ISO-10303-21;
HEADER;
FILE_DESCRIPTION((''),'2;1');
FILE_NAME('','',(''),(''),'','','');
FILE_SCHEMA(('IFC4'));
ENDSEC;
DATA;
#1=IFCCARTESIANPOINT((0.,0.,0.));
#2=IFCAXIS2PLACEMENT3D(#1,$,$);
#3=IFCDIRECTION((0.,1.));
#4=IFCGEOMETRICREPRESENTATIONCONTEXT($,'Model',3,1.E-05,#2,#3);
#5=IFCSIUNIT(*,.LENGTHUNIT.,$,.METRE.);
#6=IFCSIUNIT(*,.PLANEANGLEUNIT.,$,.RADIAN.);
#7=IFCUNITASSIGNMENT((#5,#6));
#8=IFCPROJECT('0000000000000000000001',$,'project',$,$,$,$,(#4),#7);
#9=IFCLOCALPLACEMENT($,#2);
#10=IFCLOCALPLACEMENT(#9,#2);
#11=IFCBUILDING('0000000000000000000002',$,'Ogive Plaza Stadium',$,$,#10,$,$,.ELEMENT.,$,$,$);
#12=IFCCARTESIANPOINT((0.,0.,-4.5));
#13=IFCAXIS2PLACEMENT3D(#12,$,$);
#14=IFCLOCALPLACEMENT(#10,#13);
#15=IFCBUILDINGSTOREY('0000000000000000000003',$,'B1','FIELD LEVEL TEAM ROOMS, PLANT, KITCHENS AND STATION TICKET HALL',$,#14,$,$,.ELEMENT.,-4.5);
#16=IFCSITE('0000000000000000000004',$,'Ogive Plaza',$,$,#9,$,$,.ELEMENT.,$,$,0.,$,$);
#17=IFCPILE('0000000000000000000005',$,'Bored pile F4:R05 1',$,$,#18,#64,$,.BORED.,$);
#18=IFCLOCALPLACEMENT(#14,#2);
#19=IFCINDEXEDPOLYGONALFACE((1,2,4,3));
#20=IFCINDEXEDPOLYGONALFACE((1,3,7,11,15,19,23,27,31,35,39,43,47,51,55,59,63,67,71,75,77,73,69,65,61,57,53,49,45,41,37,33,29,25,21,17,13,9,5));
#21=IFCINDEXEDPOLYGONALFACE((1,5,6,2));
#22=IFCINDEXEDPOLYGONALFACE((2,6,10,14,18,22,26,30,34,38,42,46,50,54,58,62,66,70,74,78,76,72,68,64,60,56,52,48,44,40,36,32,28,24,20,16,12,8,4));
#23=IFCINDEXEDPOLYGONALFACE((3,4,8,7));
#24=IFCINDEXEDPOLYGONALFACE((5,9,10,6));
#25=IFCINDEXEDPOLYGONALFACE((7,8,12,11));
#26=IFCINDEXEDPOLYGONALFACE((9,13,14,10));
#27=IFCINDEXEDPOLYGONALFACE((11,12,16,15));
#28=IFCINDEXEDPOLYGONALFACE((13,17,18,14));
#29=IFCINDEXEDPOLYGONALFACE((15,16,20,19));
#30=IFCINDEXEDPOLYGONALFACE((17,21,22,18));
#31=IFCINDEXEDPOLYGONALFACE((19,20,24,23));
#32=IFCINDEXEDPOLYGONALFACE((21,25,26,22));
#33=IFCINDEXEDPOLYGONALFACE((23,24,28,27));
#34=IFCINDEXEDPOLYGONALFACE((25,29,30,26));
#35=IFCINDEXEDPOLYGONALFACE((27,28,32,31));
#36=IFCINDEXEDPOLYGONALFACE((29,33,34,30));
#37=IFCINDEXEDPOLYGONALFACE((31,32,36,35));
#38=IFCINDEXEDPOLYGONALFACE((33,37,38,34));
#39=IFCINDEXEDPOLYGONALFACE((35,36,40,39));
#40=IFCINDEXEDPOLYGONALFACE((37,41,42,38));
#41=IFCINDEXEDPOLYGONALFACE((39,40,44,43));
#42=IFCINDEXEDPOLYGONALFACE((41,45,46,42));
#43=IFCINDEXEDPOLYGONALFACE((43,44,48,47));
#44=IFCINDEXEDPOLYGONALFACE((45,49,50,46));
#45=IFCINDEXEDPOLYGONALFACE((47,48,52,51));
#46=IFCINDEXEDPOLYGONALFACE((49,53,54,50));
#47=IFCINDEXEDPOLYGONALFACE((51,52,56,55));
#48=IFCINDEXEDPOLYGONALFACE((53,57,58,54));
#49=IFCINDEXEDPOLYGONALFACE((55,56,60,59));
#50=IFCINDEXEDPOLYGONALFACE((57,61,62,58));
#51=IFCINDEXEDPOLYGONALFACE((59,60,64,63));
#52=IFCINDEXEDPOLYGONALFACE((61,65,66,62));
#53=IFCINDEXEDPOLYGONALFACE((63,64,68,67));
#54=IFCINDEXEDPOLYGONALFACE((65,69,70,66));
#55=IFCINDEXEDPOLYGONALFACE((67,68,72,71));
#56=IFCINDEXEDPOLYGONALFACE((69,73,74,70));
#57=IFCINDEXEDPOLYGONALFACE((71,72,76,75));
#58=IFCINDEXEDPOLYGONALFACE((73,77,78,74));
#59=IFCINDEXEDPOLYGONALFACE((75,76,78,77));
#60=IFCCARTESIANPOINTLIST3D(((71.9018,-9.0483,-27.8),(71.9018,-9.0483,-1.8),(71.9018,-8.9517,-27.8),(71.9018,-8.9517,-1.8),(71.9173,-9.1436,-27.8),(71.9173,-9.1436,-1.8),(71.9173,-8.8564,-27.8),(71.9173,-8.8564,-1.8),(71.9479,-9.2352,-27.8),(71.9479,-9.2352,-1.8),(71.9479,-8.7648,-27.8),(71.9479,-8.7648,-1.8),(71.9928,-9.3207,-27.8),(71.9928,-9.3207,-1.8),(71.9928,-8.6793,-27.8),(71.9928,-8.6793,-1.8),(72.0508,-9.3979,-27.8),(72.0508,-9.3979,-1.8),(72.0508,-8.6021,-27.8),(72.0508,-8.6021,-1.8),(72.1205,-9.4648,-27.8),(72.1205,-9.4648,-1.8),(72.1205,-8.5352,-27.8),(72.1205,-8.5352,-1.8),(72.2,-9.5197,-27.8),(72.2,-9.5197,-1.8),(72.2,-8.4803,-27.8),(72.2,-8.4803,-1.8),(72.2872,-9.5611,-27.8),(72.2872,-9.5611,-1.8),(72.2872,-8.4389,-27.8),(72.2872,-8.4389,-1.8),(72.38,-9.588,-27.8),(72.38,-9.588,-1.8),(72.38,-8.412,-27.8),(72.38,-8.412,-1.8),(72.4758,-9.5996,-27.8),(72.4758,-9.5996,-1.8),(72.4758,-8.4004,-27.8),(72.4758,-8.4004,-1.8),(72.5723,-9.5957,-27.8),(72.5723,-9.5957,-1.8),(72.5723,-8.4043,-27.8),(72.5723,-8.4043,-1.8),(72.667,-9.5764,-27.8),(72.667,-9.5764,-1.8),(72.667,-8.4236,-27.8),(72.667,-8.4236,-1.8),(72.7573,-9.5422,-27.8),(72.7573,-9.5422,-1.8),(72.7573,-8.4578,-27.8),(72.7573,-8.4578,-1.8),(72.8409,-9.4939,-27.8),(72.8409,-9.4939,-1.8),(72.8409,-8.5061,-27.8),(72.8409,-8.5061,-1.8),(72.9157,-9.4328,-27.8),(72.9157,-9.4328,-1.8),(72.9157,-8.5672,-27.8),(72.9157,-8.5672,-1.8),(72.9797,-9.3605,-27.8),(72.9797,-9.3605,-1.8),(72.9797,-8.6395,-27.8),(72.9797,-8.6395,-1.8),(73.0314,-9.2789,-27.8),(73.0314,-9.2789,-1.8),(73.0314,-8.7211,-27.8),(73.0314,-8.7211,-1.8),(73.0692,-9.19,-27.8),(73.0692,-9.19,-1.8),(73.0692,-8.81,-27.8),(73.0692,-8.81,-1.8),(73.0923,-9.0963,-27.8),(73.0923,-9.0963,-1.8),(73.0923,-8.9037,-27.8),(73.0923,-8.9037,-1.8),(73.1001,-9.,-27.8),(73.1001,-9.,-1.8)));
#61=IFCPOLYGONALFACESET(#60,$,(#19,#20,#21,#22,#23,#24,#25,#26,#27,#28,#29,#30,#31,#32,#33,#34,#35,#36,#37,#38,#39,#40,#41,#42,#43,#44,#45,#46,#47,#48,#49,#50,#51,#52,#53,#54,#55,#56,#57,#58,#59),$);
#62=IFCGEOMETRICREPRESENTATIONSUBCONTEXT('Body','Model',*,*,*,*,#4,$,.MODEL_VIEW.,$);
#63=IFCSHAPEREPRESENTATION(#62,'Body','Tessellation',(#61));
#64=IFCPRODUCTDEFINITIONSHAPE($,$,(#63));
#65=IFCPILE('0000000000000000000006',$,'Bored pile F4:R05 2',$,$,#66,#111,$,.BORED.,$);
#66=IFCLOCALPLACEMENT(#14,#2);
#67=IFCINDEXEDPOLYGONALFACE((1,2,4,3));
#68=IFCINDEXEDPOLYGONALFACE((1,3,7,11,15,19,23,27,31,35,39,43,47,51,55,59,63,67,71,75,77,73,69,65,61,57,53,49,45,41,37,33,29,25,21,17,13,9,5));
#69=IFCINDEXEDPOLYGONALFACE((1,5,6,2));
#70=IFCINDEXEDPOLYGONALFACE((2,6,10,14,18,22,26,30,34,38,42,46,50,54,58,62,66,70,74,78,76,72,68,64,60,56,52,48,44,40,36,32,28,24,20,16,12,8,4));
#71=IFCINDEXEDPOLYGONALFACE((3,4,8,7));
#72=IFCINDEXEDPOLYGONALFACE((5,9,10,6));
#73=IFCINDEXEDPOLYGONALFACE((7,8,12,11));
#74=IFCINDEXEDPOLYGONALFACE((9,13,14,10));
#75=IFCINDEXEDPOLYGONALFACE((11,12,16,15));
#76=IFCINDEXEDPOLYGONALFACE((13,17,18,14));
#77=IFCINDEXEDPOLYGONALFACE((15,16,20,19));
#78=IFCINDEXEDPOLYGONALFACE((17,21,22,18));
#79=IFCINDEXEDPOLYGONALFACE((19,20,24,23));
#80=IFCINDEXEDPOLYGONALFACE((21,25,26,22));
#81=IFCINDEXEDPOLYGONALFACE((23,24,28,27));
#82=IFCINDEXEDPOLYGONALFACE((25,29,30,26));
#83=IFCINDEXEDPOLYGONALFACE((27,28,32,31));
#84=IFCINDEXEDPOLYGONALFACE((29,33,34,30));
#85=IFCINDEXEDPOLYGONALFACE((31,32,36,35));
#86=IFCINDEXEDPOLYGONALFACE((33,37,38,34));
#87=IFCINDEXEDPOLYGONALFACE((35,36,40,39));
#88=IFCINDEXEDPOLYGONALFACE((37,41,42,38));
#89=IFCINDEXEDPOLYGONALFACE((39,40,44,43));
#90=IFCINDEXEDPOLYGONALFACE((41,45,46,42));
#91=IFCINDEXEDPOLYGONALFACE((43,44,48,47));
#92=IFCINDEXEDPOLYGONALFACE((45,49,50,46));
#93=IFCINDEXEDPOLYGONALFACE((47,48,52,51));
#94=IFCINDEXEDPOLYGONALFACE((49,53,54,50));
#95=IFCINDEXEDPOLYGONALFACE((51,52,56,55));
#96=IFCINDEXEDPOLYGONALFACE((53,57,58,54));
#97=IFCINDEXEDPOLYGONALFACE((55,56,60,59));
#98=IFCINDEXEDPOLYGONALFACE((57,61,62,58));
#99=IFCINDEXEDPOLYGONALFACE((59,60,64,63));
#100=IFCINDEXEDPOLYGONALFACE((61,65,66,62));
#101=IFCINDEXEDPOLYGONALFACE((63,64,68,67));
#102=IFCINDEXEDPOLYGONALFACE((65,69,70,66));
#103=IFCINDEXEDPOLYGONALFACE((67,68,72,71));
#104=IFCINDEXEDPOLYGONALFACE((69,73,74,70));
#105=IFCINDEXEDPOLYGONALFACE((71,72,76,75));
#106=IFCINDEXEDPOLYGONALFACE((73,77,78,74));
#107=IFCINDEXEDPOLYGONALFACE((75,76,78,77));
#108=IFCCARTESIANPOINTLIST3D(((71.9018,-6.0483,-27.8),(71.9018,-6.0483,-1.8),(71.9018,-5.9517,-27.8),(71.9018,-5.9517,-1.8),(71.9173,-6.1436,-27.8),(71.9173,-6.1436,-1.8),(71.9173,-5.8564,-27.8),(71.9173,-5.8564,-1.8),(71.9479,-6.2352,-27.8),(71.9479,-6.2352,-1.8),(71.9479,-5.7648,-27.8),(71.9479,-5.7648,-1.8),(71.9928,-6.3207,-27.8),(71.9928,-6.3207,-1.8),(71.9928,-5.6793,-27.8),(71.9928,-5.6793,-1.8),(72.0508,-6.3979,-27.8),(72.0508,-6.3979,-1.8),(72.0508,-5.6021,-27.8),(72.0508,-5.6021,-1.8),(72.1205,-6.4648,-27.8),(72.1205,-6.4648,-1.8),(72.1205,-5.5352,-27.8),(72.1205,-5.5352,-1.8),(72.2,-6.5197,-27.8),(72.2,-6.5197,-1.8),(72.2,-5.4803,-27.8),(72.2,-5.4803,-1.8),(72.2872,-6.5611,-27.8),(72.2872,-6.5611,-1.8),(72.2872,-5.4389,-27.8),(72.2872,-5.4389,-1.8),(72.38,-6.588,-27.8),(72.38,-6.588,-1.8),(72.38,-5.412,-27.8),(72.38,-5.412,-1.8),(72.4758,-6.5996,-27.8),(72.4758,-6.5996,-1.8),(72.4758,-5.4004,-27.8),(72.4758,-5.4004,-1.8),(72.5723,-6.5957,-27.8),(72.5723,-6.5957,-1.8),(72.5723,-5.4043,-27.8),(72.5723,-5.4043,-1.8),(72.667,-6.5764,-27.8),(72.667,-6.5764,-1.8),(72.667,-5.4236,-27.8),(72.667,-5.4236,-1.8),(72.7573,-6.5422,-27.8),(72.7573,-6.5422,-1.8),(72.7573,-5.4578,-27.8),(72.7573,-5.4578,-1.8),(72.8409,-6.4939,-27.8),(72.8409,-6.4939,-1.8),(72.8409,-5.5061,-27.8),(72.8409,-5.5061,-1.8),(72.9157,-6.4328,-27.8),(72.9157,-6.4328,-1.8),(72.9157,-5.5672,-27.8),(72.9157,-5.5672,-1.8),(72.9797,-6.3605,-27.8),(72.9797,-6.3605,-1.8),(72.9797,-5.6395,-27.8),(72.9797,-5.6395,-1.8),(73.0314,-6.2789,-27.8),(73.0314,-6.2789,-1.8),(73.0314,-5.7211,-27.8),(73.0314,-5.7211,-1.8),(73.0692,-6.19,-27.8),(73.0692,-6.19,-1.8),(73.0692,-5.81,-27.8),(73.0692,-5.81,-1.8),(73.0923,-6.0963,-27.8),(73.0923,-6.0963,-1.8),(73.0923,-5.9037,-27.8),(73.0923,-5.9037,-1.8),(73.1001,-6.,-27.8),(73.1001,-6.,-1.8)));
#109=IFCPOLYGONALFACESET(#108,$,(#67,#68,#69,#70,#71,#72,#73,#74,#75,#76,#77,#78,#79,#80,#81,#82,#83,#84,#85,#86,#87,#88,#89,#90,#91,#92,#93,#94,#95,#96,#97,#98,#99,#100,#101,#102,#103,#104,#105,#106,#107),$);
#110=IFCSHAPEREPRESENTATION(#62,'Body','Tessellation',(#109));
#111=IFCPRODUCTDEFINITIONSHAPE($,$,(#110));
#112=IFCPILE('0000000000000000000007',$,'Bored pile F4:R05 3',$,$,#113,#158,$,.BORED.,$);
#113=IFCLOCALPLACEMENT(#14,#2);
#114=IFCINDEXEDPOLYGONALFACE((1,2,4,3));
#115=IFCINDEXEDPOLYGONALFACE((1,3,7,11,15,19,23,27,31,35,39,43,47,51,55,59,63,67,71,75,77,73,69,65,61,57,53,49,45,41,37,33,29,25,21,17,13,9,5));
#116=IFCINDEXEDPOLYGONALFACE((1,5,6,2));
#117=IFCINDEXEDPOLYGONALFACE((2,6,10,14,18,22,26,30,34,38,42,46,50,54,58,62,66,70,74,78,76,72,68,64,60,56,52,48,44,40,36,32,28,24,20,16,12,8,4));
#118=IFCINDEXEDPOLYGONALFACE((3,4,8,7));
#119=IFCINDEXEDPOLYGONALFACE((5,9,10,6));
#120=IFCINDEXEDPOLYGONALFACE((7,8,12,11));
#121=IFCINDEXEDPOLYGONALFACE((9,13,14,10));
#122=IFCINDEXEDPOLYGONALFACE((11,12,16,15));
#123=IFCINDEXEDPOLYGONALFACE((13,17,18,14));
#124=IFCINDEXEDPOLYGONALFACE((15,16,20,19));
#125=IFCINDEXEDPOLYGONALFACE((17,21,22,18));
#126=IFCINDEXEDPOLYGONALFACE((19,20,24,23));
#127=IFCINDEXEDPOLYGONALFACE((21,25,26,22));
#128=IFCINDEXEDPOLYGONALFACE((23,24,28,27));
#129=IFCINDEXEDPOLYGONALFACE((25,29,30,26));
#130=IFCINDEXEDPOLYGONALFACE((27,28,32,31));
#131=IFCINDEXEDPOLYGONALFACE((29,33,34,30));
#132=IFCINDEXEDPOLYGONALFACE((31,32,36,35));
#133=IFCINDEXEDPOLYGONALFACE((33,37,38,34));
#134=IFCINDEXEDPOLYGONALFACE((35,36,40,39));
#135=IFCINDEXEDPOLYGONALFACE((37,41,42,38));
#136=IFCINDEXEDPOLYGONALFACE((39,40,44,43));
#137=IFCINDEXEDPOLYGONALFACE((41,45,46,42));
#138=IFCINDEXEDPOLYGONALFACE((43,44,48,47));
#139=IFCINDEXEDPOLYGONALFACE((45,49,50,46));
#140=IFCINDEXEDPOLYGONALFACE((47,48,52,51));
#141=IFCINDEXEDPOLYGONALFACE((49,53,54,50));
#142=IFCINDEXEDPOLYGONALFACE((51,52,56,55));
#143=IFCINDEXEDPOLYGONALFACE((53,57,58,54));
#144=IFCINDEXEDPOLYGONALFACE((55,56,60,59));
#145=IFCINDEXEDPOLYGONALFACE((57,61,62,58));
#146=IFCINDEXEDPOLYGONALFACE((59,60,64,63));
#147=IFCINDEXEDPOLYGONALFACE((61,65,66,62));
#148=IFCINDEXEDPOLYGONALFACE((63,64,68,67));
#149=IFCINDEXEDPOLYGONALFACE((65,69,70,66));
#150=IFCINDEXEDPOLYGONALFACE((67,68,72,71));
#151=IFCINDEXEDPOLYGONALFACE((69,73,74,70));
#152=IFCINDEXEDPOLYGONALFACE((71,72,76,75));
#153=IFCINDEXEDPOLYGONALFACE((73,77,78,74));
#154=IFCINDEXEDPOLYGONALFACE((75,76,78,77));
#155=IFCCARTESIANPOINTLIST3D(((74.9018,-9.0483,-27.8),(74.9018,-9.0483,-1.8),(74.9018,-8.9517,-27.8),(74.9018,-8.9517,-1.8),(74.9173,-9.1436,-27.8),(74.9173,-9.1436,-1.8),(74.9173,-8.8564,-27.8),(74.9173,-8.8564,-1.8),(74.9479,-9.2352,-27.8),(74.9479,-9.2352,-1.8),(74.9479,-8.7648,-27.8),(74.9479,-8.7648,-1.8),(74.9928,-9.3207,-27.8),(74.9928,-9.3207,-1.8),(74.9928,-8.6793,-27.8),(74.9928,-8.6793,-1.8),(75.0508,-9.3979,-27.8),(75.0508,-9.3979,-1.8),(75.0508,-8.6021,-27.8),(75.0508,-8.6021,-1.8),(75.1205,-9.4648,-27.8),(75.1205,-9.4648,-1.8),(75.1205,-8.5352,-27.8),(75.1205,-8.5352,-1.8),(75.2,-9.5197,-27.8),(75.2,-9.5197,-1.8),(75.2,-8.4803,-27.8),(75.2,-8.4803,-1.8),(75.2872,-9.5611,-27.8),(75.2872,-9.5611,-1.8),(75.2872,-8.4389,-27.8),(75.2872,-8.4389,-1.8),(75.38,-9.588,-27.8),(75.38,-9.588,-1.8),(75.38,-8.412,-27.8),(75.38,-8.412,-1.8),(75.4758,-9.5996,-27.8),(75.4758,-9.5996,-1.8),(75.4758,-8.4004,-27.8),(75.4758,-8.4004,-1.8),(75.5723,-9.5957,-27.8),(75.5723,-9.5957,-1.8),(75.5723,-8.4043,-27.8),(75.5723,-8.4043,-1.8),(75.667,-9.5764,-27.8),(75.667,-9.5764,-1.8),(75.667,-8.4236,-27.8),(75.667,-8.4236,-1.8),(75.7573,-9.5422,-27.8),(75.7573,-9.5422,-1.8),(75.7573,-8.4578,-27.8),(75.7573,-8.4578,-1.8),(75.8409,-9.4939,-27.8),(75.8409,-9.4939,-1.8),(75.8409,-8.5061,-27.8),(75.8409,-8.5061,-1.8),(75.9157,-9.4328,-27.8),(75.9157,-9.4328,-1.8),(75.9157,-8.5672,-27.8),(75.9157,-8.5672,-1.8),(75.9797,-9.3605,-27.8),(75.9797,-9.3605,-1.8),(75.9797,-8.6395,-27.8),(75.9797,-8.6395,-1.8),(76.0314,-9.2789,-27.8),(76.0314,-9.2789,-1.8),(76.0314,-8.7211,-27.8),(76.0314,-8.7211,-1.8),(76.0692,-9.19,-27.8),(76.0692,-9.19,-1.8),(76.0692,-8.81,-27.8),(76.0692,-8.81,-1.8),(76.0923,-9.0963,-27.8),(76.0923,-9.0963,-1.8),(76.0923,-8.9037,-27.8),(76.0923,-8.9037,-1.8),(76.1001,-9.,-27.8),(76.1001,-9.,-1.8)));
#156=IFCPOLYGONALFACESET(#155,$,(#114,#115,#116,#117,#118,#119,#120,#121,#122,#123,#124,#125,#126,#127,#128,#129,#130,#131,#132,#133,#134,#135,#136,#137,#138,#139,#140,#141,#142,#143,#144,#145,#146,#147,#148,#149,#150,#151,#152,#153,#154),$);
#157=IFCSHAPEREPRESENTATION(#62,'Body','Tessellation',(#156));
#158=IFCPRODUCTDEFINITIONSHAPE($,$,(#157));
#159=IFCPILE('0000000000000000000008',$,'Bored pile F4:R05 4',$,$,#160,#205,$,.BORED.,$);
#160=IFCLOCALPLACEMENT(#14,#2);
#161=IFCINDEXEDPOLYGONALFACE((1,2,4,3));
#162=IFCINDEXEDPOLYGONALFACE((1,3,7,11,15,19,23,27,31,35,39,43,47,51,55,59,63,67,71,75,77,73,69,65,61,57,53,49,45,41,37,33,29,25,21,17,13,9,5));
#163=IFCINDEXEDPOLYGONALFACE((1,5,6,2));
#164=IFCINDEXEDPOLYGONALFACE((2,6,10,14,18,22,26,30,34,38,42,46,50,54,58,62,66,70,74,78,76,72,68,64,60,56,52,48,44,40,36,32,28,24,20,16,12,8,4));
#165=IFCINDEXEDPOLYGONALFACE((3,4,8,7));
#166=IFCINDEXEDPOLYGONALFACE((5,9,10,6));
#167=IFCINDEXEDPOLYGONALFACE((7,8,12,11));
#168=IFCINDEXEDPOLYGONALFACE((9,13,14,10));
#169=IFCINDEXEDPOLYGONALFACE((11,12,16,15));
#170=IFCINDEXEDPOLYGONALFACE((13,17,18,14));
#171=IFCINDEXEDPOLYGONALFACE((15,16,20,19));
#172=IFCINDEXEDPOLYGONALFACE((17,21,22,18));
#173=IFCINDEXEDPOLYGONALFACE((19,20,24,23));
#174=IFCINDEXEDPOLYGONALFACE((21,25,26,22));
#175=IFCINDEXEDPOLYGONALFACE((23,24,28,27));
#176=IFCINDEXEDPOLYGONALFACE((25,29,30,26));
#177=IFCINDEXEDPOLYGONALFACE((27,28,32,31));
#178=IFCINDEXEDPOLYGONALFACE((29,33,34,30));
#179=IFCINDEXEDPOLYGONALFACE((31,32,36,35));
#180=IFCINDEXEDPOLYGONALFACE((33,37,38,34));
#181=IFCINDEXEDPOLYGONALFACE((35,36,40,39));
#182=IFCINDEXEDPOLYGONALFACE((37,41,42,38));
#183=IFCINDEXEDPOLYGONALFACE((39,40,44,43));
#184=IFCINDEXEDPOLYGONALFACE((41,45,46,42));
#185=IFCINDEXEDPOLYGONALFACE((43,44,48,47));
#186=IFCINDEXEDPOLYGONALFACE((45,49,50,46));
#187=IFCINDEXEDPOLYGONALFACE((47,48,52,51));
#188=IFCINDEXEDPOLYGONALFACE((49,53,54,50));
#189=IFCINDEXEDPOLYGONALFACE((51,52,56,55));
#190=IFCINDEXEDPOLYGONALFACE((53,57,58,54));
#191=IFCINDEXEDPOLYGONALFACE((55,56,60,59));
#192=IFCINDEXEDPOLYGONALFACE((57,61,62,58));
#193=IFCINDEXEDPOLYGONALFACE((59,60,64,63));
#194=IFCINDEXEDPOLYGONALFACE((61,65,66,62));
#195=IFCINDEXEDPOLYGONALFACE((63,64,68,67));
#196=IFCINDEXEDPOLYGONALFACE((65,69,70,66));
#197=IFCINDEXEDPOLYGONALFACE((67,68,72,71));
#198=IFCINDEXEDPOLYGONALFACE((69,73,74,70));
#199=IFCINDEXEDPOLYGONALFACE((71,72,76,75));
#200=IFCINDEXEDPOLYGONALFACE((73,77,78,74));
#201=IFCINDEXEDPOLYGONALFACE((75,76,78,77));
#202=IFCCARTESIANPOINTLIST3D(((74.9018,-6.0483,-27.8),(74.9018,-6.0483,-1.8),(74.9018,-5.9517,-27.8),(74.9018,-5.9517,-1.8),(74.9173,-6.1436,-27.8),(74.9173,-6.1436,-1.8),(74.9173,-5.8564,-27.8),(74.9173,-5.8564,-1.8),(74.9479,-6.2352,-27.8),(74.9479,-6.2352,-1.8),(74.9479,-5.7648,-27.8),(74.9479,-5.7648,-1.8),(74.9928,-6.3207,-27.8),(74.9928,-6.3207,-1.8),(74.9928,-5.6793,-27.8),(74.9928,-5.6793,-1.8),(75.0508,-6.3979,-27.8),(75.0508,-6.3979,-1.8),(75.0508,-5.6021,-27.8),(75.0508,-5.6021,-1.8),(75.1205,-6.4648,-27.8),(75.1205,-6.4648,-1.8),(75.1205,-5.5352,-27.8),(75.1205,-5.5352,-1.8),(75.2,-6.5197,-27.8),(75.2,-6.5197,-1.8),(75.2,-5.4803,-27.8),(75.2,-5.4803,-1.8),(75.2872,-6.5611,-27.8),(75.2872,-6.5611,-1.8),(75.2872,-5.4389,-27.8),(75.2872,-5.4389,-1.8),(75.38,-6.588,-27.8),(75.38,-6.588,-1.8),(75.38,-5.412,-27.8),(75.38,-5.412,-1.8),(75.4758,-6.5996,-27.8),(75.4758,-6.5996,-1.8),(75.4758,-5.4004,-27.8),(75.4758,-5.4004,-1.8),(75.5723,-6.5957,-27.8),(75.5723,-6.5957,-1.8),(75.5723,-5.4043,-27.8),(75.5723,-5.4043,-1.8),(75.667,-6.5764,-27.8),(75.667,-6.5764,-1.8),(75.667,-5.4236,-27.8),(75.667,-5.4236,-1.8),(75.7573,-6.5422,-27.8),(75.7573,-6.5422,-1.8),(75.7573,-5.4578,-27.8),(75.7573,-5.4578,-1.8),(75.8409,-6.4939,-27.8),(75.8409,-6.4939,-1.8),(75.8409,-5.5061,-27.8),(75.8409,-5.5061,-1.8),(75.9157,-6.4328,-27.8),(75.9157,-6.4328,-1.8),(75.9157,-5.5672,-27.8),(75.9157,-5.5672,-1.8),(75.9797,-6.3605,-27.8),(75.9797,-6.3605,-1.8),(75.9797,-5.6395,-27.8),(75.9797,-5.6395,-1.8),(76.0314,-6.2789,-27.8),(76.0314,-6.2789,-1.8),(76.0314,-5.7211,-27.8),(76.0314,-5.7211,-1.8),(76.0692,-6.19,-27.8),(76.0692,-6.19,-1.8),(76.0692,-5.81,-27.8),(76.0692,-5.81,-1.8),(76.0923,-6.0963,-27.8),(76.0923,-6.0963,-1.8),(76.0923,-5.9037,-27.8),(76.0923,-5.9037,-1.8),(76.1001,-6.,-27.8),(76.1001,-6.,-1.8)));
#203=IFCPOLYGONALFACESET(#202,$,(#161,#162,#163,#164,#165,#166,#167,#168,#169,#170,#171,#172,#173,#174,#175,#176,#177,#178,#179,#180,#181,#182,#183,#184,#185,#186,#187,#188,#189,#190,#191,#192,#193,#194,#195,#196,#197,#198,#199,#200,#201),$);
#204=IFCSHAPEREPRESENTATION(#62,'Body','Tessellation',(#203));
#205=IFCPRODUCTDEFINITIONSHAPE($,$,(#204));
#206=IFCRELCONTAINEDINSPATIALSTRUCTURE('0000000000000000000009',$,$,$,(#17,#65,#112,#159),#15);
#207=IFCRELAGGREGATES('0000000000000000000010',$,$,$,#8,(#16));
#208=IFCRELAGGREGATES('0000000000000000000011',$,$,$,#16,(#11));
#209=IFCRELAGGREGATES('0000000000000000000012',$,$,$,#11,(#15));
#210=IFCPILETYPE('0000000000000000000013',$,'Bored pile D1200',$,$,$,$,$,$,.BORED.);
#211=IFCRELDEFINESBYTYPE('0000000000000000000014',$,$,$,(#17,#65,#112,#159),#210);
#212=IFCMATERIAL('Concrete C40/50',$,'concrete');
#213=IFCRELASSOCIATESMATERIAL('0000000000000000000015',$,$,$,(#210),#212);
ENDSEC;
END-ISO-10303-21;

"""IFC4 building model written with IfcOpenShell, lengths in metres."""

from ifc_helpers import new_model, si_unit, direction, frame, origin, origin_2d, place, context, subcontext, project, spatial, circle, extrude, material, material_profile, profile_set, type_object, element, save


model = new_model("IFC4")

# Units and contexts
model_context = context("Model", 3, precision=1e-05, world=origin(), true_north=direction((0.0, 1.0)))
body_context = subcontext(model_context, "Body", "Model", "MODEL_VIEW")
ifc_project = project(units=[si_unit("LENGTHUNIT", "METRE"), si_unit("PLANEANGLEUNIT", "RADIAN")], contexts=[model_context])

# Site, building, storey
site_placement = place(None, origin())
site = spatial("IfcSite", under=ifc_project, at=site_placement, Name="Ogive Plaza", CompositionType="ELEMENT", RefElevation=0.0)
building_placement = place(site_placement, origin())
building = spatial("IfcBuilding", under=site, at=building_placement, Name="Ogive Plaza Stadium", CompositionType="ELEMENT")
storey_placement = place(building_placement, frame((0.0, 0.0, -4.5)))
storey = spatial("IfcBuildingStorey", under=building, at=storey_placement, Name="B1", Description="FIELD LEVEL TEAM ROOMS, PLANT, KITCHENS AND STATION TICKET HALL", CompositionType="ELEMENT", Elevation=-4.5)

# Piles
ifc_material_1 = material(Name="Concrete C40/50", Category="concrete")
ifc_material_profile_1 = material_profile(ifc_material_1, circle(Radius=0.6001, at=origin_2d()), Name="RC D1200")
ifc_profile_set_1 = profile_set([ifc_material_profile_1], Name="Concrete C40/50")
pile_type_1 = type_object("IfcPileType", Name="Bored pile D1200", PredefinedType="BORED", material=ifc_profile_set_1)
for number, where, z_axis, x_axis, name in (
    (1, (72.5, -9.0, -1.8), (0.0, 0.0, -1.0), (1.0, 0.0, 0.0), "Bored pile F4:R05 1"),
    (2, (72.5, -6.0, -1.8), (0.0, 0.0, -1.0), (1.0, 0.0, 0.0), "Bored pile F4:R05 2"),
    (3, (75.5, -9.0, -1.8), (0.0, 0.0, -1.0), (1.0, 0.0, 0.0), "Bored pile F4:R05 3"),
    (4, (75.5, -6.0, -1.8), (0.0, 0.0, -1.0), (1.0, 0.0, 0.0), "Bored pile F4:R05 4"),
):
    element("IfcPile", number, at=place(storey_placement, frame(where, z_axis=z_axis, x_axis=x_axis)), inside=storey, type_object=pile_type_1, Name=name, PredefinedType="BORED", context=body_context, shape_type="SweptSolid", body=[
        extrude(circle(Radius=0.6001, at=origin_2d()), origin(), (0.0, 0.0, 1.0), 26.0),
    ])

save(model, "model.ifc")
